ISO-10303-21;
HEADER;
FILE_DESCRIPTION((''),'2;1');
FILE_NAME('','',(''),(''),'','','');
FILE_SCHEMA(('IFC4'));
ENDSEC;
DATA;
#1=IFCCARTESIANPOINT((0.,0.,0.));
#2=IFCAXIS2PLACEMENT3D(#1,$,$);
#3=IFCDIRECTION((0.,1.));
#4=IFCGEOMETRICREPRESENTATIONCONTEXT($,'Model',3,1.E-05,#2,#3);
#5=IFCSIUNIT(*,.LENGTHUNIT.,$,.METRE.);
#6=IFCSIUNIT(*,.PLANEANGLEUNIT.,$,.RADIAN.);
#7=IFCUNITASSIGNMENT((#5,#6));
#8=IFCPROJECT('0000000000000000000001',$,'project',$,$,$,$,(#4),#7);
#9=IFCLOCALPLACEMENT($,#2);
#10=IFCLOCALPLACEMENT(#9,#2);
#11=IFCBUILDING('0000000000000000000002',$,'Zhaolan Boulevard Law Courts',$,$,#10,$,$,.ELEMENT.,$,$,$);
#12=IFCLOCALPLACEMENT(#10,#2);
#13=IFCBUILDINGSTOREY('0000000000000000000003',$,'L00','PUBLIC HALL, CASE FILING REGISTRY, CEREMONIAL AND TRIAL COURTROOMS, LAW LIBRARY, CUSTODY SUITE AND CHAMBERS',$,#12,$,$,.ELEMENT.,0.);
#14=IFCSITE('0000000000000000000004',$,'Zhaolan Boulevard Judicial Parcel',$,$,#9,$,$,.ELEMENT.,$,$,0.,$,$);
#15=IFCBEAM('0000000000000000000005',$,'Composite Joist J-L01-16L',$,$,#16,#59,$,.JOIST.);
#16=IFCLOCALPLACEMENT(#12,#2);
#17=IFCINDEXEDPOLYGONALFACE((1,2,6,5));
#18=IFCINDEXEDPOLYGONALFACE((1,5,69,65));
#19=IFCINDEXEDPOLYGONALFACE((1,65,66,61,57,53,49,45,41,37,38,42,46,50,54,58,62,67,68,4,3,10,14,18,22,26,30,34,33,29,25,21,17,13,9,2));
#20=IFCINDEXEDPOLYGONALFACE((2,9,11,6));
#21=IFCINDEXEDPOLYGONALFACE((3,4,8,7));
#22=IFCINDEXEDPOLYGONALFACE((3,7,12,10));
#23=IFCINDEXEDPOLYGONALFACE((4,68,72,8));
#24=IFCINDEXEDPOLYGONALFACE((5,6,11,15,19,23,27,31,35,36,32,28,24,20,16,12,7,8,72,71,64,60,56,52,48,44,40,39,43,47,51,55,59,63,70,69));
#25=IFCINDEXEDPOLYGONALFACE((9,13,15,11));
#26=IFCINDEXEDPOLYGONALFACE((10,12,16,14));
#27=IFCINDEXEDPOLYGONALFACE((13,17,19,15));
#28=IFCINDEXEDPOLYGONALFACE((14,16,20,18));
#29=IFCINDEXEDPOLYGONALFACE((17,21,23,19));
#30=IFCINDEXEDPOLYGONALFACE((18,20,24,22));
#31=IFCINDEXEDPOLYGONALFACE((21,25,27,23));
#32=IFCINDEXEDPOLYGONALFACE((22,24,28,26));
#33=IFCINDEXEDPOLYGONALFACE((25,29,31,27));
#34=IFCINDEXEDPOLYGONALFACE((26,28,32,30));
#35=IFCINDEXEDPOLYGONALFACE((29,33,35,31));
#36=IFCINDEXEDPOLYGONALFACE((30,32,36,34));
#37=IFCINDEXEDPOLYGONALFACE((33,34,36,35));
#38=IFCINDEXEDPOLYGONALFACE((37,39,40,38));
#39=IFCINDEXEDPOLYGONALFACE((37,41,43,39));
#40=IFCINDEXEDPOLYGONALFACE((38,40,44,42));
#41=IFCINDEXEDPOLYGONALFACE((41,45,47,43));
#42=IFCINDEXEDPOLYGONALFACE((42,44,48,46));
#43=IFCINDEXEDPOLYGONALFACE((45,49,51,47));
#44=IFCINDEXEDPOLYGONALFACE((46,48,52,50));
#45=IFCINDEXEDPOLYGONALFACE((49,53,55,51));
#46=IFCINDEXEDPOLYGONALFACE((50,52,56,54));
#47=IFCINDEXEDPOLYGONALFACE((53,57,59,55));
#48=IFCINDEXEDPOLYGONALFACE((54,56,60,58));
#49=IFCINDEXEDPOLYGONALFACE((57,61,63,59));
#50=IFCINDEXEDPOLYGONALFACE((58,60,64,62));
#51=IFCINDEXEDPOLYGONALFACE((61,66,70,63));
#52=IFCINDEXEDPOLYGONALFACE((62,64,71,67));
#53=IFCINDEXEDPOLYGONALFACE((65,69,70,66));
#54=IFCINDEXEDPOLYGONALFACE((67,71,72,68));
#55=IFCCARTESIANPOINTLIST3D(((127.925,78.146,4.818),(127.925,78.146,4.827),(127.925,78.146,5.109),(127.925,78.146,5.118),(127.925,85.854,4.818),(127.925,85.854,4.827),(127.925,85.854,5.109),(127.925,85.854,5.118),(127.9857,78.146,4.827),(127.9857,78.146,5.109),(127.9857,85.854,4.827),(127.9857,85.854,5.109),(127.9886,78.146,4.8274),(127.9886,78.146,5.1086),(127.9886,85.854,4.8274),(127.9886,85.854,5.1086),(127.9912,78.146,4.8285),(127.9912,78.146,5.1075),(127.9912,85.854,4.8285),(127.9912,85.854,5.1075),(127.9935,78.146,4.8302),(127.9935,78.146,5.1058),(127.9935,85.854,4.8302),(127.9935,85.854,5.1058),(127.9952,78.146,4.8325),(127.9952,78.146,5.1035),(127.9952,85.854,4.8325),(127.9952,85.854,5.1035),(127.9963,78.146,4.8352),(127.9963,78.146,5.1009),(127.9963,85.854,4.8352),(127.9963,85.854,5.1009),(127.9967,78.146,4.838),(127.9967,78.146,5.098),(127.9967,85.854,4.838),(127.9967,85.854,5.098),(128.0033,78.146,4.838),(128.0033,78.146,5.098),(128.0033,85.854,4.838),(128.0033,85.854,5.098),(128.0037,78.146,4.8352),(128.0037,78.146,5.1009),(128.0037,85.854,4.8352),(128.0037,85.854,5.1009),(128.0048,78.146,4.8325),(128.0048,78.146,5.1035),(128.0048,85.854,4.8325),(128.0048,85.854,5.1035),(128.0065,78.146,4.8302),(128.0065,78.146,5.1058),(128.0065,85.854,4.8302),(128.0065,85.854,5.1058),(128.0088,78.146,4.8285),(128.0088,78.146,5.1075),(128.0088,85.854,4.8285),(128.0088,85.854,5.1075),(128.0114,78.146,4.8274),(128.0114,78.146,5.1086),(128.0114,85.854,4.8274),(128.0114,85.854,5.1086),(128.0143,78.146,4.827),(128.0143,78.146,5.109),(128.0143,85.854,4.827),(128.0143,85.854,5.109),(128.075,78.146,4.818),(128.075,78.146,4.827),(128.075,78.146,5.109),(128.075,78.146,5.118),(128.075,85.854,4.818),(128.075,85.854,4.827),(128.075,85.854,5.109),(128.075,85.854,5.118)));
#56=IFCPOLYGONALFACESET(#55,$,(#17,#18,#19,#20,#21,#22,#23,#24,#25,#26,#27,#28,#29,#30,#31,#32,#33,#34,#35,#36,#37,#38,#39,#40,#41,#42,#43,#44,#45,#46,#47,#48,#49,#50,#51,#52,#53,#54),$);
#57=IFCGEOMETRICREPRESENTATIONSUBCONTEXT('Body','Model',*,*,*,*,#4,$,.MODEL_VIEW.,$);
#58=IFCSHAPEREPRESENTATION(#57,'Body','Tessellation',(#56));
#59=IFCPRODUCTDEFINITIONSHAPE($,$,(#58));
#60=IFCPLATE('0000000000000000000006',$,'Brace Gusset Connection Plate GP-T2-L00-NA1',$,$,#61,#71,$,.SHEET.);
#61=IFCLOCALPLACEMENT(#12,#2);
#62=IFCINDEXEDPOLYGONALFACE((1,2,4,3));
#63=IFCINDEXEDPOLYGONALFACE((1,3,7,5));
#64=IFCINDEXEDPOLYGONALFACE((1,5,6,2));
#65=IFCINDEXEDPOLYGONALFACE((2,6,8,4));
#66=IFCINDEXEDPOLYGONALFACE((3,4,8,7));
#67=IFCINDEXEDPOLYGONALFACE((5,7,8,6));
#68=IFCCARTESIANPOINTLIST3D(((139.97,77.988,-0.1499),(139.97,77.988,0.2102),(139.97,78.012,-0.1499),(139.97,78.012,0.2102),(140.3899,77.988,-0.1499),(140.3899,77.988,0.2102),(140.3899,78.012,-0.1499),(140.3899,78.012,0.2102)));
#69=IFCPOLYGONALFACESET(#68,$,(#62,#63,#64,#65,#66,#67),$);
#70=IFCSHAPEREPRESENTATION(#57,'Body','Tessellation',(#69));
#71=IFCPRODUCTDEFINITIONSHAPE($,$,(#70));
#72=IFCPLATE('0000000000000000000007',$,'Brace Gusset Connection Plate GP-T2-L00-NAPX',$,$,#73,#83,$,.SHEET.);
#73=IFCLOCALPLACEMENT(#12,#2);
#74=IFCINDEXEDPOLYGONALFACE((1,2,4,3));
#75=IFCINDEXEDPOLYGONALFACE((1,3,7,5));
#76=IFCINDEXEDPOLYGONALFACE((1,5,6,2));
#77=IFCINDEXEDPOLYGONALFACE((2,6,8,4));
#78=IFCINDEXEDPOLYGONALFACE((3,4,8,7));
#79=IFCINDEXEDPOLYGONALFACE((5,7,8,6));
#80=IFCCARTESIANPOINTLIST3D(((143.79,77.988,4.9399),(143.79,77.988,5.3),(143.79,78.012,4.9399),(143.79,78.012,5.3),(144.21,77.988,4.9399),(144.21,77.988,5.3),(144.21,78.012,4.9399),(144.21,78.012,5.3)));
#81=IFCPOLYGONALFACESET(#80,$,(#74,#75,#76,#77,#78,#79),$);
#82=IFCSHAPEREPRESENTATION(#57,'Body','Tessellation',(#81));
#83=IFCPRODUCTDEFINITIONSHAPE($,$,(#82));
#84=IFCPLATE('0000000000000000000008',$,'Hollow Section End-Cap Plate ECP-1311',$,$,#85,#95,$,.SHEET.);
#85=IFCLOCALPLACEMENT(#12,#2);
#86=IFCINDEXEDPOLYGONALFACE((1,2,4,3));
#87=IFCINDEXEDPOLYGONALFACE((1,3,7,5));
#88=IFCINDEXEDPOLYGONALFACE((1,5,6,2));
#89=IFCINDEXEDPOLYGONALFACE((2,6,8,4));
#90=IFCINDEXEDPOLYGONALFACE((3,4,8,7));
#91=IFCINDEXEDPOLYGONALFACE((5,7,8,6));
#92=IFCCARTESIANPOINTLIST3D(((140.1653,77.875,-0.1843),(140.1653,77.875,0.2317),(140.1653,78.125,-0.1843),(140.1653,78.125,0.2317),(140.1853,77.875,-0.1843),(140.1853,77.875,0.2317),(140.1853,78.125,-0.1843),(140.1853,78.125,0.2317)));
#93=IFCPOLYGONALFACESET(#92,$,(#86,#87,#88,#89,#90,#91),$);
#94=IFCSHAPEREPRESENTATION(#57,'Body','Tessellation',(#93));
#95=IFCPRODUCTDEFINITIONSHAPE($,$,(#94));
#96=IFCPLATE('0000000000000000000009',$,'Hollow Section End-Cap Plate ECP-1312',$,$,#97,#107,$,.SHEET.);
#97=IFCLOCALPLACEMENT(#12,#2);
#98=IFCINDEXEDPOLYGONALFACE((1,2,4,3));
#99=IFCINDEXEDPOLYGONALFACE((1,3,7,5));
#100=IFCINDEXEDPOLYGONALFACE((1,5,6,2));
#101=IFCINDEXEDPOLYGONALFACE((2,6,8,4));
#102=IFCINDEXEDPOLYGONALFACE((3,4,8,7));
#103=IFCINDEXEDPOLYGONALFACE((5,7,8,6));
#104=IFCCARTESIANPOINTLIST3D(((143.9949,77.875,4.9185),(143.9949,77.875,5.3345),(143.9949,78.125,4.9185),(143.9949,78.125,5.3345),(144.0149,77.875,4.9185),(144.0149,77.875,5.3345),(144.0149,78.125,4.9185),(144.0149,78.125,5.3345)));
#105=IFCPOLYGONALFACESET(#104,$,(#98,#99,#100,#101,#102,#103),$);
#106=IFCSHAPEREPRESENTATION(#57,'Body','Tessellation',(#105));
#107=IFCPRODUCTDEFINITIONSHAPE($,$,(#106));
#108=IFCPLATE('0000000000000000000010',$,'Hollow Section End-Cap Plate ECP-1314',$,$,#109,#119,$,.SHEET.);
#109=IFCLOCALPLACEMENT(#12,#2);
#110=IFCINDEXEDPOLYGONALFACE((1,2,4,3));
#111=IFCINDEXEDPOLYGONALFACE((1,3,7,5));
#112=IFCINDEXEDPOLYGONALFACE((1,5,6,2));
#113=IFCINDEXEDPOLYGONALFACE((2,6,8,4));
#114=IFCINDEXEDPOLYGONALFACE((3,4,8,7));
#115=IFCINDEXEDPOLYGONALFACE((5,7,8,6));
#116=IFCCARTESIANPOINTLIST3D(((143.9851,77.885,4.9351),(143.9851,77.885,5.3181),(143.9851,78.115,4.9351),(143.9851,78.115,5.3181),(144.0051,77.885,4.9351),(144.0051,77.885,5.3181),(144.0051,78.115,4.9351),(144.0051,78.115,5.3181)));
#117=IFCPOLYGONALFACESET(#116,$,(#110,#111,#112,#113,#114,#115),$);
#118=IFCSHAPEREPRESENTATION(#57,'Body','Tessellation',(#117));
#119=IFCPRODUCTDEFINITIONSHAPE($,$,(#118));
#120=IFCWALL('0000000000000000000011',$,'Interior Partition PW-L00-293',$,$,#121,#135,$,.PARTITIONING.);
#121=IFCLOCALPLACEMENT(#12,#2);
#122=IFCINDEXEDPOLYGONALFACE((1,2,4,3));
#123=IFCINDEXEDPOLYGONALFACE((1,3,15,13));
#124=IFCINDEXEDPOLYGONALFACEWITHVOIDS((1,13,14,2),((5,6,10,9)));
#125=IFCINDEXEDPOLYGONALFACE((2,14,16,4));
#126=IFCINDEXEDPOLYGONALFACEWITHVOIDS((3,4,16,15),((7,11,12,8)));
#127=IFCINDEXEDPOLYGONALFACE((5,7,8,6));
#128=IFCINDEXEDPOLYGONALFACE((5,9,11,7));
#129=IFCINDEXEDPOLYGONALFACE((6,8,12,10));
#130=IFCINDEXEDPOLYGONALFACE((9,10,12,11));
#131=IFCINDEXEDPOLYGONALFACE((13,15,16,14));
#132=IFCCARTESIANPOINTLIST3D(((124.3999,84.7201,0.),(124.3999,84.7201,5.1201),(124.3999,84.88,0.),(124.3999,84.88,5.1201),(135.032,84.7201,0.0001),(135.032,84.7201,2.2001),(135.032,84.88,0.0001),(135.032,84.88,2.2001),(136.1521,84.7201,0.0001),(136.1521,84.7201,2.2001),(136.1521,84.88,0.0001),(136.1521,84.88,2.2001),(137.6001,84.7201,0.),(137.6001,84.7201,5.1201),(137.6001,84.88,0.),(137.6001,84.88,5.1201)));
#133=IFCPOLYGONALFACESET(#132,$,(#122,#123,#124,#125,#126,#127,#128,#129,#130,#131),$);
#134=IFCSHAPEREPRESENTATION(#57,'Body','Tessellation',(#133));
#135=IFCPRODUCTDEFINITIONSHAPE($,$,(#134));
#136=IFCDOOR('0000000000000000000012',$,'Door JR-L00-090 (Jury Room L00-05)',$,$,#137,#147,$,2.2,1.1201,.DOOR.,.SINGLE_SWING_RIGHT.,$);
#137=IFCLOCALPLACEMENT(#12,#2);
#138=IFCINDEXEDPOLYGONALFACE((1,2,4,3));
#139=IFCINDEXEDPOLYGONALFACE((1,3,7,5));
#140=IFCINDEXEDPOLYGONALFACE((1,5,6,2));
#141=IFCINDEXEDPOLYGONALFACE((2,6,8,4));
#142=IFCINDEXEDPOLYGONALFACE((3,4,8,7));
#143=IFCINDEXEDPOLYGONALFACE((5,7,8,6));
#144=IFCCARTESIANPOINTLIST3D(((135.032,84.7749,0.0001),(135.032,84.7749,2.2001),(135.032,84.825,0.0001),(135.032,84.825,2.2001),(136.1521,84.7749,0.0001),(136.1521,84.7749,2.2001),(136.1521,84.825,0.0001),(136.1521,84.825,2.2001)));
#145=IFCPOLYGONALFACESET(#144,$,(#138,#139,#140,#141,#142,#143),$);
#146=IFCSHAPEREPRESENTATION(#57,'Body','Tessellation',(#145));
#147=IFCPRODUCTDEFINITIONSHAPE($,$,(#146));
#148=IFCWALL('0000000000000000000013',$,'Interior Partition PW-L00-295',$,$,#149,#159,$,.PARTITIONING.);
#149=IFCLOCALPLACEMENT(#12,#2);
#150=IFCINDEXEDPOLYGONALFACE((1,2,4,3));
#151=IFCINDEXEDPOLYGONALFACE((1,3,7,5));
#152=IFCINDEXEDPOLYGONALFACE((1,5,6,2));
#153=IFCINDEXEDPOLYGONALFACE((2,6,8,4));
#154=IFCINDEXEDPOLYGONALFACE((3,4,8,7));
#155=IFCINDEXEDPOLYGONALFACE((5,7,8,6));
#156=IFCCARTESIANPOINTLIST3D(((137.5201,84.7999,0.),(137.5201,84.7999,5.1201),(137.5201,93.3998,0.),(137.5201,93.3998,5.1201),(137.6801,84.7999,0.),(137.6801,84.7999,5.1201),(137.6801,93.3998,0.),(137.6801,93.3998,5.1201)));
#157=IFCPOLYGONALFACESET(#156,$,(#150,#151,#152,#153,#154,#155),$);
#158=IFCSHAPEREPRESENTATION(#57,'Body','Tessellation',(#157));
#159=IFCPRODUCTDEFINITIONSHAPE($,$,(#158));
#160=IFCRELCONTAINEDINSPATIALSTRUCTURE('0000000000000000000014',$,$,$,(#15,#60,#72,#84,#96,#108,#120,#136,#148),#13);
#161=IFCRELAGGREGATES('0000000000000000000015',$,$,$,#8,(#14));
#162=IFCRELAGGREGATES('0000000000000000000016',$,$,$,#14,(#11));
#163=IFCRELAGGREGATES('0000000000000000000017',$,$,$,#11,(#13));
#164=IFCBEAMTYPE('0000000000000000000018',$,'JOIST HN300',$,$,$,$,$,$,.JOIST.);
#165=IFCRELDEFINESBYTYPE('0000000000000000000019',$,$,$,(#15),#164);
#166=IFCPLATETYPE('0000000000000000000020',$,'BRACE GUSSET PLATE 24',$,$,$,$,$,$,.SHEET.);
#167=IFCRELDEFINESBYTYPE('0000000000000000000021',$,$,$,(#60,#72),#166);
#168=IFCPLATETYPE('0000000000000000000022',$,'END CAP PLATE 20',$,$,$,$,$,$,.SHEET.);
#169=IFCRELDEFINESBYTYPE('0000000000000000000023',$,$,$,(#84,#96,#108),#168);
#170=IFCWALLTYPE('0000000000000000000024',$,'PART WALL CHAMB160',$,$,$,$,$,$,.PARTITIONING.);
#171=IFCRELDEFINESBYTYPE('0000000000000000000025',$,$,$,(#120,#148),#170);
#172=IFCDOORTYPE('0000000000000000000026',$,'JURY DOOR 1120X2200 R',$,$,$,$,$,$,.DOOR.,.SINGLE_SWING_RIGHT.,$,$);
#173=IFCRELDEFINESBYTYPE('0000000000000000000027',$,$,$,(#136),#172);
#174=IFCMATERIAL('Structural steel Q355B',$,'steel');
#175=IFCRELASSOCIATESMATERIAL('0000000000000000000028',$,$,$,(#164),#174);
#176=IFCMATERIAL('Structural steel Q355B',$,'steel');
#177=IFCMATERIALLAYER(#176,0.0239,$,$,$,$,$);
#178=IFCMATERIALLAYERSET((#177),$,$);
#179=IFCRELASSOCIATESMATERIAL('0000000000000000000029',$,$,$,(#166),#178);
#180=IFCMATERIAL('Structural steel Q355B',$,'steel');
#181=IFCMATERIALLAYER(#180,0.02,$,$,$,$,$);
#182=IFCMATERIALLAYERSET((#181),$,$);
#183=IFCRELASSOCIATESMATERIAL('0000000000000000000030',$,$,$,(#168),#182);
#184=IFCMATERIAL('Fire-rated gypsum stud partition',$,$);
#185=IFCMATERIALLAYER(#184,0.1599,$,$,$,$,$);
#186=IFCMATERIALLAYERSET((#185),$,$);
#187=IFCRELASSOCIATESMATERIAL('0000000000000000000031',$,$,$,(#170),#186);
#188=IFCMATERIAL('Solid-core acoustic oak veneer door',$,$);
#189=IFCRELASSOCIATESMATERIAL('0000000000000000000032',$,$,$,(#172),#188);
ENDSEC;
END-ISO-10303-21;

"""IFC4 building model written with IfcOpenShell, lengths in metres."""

from ifc_helpers import new_model, si_unit, direction, frame, frame_2d, origin, origin_2d, place, context, subcontext, project, spatial, rectangle, i_section, extrude, material, layer, layer_set, material_profile, profile_set, type_object, element, fill, save


model = new_model("IFC4")

# Units and contexts
model_context = context("Model", 3, precision=1e-05, world=origin(), true_north=direction((0.0, 1.0)))
body_context = subcontext(model_context, "Body", "Model", "MODEL_VIEW")
ifc_project = project(units=[si_unit("LENGTHUNIT", "METRE"), si_unit("PLANEANGLEUNIT", "RADIAN")], contexts=[model_context])

# Site, building, storey
site_placement = place(None, origin())
site = spatial("IfcSite", under=ifc_project, at=site_placement, Name="Zhaolan Boulevard Judicial Parcel", CompositionType="ELEMENT", RefElevation=0.0)
building_placement = place(site_placement, origin())
building = spatial("IfcBuilding", under=site, at=building_placement, Name="Zhaolan Boulevard Law Courts", CompositionType="ELEMENT")
storey_placement = place(building_placement, origin())
storey = spatial("IfcBuildingStorey", under=building, at=storey_placement, Name="L00", Description="PUBLIC HALL, CASE FILING REGISTRY, CEREMONIAL AND TRIAL COURTROOMS, LAW LIBRARY, CUSTODY SUITE AND CHAMBERS", CompositionType="ELEMENT", Elevation=0.0)

# Beam
ifc_material_1 = material(Name="Structural steel Q355B", Category="steel")
ifc_material_profile_1 = material_profile(ifc_material_1, i_section(OverallWidth=0.1499, OverallDepth=0.3, WebThickness=0.0066, FlangeThickness=0.009, FilletRadius=0.011, at=origin_2d()), Name="HN300x150")
ifc_profile_set_1 = profile_set([ifc_material_profile_1], Name="Structural steel Q355B")
beam_type_1 = type_object("IfcBeamType", Name="JOIST HN300", PredefinedType="JOIST", material=ifc_profile_set_1)
beam_1_placement = place(storey_placement, frame((128.0, 78.146, 4.968), z_axis=(0.0, 1.0, 0.0), x_axis=(-1.0, 0.0, 0.0)))
element("IfcBeam", 1, at=beam_1_placement, inside=storey, type_object=beam_type_1, Name="Composite Joist J-L01-16L", PredefinedType="JOIST", context=body_context, shape_type="SweptSolid", body=[
    extrude(i_section(OverallWidth=0.1499, OverallDepth=0.3, WebThickness=0.0066, FlangeThickness=0.009, FilletRadius=0.011, at=origin_2d()), origin(), (0.0, 0.0, 1.0), 7.708),
])

# Plates
ifc_material_2 = material(Name="Structural steel Q355B", Category="steel")
ifc_layer_1 = layer(ifc_material_2, 0.0239)
ifc_layer_set_1 = layer_set([ifc_layer_1])
plate_type_1 = type_object("IfcPlateType", Name="BRACE GUSSET PLATE 24", PredefinedType="SHEET", material=ifc_layer_set_1)
for number, where, z_axis, x_axis, name in (
    (2, (140.1799, 78.0, -0.1499), (0.0, 0.0, 1.0), (1.0, 0.0, 0.0), "Brace Gusset Connection Plate GP-T2-L00-NA1"),
    (3, (144.0, 78.0, 4.9399), (0.0, 0.0, 1.0), (1.0, 0.0, 0.0), "Brace Gusset Connection Plate GP-T2-L00-NAPX"),
):
    element("IfcPlate", number, at=place(storey_placement, frame(where, z_axis=z_axis, x_axis=x_axis)), inside=storey, type_object=plate_type_1, Name=name, PredefinedType="SHEET", context=body_context, shape_type="SweptSolid", body=[
        extrude(rectangle(XDim=0.4199, YDim=0.0239, at=origin_2d()), origin(), (0.0, 0.0, 1.0), 0.3601),
    ])
ifc_material_3 = material(Name="Structural steel Q355B", Category="steel")
ifc_layer_2 = layer(ifc_material_3, 0.02)
ifc_layer_set_2 = layer_set([ifc_layer_2])
plate_type_2 = type_object("IfcPlateType", Name="END CAP PLATE 20", PredefinedType="SHEET", material=ifc_layer_set_2)
for number, where, z_axis, x_axis, name in (
    (4, (140.1753, 78.0, -0.1843), (0.0, 0.0, 1.0), (1.0, 0.0, 0.0), "Hollow Section End-Cap Plate ECP-1311"),
    (5, (144.0049, 78.0, 4.9185), (0.0, 0.0, 1.0), (1.0, 0.0, 0.0), "Hollow Section End-Cap Plate ECP-1312"),
):
    element("IfcPlate", number, at=place(storey_placement, frame(where, z_axis=z_axis, x_axis=x_axis)), inside=storey, type_object=plate_type_2, Name=name, PredefinedType="SHEET", context=body_context, shape_type="SweptSolid", body=[
        extrude(rectangle(XDim=0.02, YDim=0.25, at=origin_2d()), origin(), (0.0, 0.0, 1.0), 0.416),
    ])
plate_placement = place(storey_placement, frame((143.9951, 78.0, 4.9351), z_axis=(0.0, 0.0, 1.0), x_axis=(-1.0, 0.0, 0.0)))
element("IfcPlate", 6, at=plate_placement, inside=storey, type_object=plate_type_2, Name="Hollow Section End-Cap Plate ECP-1314", PredefinedType="SHEET", context=body_context, shape_type="SweptSolid", body=[
    extrude(rectangle(XDim=0.02, YDim=0.23, at=origin_2d()), origin(), (0.0, 0.0, 1.0), 0.3831),
])

# Wall, opening, door
ifc_material_4 = material(Name="Fire-rated gypsum stud partition")
ifc_layer_3 = layer(ifc_material_4, 0.1599)
ifc_layer_set_3 = layer_set([ifc_layer_3])
wall_type_1 = type_object("IfcWallType", Name="PART WALL CHAMB160", PredefinedType="PARTITIONING", material=ifc_layer_set_3)
wall_1_placement = place(storey_placement, frame((124.3999, 84.8, 0.0), z_axis=(0.0, 0.0, 1.0), x_axis=(1.0, 0.0, 0.0)))
wall_1 = element("IfcWall", 7, at=wall_1_placement, inside=storey, type_object=wall_type_1, Name="Interior Partition PW-L00-293", PredefinedType="PARTITIONING", context=body_context, shape_type="SweptSolid", body=[
    extrude(rectangle(XDim=13.2002, YDim=0.1599, at=frame_2d((6.6001, 0.0))), origin(), (0.0, 0.0, 1.0), 5.1201),
])
opening_1_placement = place(wall_1_placement, frame((10.6321, 0.0, 0.0)))
opening_1 = element("IfcOpeningElement", 8, at=opening_1_placement, cuts=wall_1, PredefinedType="OPENING", context=body_context, shape_type="SweptSolid", body=[
    extrude(rectangle(XDim=1.1201, YDim=2.2, at=frame_2d((0.5601, 1.1001))), frame((0.0, 0.0898, 0.0), z_axis=(0.0, -1.0, 0.0), x_axis=(1.0, 0.0, 0.0)), (0.0, 0.0, 1.0), 0.1799),
])
ifc_material_5 = material(Name="Solid-core acoustic oak veneer door")
door_type_1 = type_object("IfcDoorType", Name="JURY DOOR 1120X2200 R", OperationType="SINGLE_SWING_RIGHT", PredefinedType="DOOR", material=ifc_material_5)
door_1_placement = place(opening_1_placement, origin())
door_1 = element("IfcDoor", 9, at=door_1_placement, inside=storey, type_object=door_type_1, Name="Door JR-L00-090 (Jury Room L00-05)", OperationType="SINGLE_SWING_RIGHT", OverallHeight=2.2, OverallWidth=1.1201, PredefinedType="DOOR", context=body_context, shape_type="SweptSolid", body=[
    extrude(rectangle(XDim=1.1201, YDim=2.2, at=frame_2d((0.5601, 1.1001))), frame((0.0, 0.0249, 0.0), z_axis=(0.0, -1.0, 0.0), x_axis=(1.0, 0.0, 0.0)), (0.0, 0.0, 1.0), 0.05),
])
fill(opening_1, door_1)

# Wall
wall_2_placement = place(storey_placement, frame((137.6001, 84.8, 0.0), z_axis=(0.0, 0.0, 1.0), x_axis=(0.0, 1.0, 0.0)))
element("IfcWall", 10, at=wall_2_placement, inside=storey, type_object=wall_type_1, Name="Interior Partition PW-L00-295", PredefinedType="PARTITIONING", context=body_context, shape_type="SweptSolid", body=[
    extrude(rectangle(XDim=8.5999, YDim=0.1599, at=frame_2d((4.2998, 0.0))), origin(), (0.0, 0.0, 1.0), 5.1201),
])

save(model, "model.ifc")
